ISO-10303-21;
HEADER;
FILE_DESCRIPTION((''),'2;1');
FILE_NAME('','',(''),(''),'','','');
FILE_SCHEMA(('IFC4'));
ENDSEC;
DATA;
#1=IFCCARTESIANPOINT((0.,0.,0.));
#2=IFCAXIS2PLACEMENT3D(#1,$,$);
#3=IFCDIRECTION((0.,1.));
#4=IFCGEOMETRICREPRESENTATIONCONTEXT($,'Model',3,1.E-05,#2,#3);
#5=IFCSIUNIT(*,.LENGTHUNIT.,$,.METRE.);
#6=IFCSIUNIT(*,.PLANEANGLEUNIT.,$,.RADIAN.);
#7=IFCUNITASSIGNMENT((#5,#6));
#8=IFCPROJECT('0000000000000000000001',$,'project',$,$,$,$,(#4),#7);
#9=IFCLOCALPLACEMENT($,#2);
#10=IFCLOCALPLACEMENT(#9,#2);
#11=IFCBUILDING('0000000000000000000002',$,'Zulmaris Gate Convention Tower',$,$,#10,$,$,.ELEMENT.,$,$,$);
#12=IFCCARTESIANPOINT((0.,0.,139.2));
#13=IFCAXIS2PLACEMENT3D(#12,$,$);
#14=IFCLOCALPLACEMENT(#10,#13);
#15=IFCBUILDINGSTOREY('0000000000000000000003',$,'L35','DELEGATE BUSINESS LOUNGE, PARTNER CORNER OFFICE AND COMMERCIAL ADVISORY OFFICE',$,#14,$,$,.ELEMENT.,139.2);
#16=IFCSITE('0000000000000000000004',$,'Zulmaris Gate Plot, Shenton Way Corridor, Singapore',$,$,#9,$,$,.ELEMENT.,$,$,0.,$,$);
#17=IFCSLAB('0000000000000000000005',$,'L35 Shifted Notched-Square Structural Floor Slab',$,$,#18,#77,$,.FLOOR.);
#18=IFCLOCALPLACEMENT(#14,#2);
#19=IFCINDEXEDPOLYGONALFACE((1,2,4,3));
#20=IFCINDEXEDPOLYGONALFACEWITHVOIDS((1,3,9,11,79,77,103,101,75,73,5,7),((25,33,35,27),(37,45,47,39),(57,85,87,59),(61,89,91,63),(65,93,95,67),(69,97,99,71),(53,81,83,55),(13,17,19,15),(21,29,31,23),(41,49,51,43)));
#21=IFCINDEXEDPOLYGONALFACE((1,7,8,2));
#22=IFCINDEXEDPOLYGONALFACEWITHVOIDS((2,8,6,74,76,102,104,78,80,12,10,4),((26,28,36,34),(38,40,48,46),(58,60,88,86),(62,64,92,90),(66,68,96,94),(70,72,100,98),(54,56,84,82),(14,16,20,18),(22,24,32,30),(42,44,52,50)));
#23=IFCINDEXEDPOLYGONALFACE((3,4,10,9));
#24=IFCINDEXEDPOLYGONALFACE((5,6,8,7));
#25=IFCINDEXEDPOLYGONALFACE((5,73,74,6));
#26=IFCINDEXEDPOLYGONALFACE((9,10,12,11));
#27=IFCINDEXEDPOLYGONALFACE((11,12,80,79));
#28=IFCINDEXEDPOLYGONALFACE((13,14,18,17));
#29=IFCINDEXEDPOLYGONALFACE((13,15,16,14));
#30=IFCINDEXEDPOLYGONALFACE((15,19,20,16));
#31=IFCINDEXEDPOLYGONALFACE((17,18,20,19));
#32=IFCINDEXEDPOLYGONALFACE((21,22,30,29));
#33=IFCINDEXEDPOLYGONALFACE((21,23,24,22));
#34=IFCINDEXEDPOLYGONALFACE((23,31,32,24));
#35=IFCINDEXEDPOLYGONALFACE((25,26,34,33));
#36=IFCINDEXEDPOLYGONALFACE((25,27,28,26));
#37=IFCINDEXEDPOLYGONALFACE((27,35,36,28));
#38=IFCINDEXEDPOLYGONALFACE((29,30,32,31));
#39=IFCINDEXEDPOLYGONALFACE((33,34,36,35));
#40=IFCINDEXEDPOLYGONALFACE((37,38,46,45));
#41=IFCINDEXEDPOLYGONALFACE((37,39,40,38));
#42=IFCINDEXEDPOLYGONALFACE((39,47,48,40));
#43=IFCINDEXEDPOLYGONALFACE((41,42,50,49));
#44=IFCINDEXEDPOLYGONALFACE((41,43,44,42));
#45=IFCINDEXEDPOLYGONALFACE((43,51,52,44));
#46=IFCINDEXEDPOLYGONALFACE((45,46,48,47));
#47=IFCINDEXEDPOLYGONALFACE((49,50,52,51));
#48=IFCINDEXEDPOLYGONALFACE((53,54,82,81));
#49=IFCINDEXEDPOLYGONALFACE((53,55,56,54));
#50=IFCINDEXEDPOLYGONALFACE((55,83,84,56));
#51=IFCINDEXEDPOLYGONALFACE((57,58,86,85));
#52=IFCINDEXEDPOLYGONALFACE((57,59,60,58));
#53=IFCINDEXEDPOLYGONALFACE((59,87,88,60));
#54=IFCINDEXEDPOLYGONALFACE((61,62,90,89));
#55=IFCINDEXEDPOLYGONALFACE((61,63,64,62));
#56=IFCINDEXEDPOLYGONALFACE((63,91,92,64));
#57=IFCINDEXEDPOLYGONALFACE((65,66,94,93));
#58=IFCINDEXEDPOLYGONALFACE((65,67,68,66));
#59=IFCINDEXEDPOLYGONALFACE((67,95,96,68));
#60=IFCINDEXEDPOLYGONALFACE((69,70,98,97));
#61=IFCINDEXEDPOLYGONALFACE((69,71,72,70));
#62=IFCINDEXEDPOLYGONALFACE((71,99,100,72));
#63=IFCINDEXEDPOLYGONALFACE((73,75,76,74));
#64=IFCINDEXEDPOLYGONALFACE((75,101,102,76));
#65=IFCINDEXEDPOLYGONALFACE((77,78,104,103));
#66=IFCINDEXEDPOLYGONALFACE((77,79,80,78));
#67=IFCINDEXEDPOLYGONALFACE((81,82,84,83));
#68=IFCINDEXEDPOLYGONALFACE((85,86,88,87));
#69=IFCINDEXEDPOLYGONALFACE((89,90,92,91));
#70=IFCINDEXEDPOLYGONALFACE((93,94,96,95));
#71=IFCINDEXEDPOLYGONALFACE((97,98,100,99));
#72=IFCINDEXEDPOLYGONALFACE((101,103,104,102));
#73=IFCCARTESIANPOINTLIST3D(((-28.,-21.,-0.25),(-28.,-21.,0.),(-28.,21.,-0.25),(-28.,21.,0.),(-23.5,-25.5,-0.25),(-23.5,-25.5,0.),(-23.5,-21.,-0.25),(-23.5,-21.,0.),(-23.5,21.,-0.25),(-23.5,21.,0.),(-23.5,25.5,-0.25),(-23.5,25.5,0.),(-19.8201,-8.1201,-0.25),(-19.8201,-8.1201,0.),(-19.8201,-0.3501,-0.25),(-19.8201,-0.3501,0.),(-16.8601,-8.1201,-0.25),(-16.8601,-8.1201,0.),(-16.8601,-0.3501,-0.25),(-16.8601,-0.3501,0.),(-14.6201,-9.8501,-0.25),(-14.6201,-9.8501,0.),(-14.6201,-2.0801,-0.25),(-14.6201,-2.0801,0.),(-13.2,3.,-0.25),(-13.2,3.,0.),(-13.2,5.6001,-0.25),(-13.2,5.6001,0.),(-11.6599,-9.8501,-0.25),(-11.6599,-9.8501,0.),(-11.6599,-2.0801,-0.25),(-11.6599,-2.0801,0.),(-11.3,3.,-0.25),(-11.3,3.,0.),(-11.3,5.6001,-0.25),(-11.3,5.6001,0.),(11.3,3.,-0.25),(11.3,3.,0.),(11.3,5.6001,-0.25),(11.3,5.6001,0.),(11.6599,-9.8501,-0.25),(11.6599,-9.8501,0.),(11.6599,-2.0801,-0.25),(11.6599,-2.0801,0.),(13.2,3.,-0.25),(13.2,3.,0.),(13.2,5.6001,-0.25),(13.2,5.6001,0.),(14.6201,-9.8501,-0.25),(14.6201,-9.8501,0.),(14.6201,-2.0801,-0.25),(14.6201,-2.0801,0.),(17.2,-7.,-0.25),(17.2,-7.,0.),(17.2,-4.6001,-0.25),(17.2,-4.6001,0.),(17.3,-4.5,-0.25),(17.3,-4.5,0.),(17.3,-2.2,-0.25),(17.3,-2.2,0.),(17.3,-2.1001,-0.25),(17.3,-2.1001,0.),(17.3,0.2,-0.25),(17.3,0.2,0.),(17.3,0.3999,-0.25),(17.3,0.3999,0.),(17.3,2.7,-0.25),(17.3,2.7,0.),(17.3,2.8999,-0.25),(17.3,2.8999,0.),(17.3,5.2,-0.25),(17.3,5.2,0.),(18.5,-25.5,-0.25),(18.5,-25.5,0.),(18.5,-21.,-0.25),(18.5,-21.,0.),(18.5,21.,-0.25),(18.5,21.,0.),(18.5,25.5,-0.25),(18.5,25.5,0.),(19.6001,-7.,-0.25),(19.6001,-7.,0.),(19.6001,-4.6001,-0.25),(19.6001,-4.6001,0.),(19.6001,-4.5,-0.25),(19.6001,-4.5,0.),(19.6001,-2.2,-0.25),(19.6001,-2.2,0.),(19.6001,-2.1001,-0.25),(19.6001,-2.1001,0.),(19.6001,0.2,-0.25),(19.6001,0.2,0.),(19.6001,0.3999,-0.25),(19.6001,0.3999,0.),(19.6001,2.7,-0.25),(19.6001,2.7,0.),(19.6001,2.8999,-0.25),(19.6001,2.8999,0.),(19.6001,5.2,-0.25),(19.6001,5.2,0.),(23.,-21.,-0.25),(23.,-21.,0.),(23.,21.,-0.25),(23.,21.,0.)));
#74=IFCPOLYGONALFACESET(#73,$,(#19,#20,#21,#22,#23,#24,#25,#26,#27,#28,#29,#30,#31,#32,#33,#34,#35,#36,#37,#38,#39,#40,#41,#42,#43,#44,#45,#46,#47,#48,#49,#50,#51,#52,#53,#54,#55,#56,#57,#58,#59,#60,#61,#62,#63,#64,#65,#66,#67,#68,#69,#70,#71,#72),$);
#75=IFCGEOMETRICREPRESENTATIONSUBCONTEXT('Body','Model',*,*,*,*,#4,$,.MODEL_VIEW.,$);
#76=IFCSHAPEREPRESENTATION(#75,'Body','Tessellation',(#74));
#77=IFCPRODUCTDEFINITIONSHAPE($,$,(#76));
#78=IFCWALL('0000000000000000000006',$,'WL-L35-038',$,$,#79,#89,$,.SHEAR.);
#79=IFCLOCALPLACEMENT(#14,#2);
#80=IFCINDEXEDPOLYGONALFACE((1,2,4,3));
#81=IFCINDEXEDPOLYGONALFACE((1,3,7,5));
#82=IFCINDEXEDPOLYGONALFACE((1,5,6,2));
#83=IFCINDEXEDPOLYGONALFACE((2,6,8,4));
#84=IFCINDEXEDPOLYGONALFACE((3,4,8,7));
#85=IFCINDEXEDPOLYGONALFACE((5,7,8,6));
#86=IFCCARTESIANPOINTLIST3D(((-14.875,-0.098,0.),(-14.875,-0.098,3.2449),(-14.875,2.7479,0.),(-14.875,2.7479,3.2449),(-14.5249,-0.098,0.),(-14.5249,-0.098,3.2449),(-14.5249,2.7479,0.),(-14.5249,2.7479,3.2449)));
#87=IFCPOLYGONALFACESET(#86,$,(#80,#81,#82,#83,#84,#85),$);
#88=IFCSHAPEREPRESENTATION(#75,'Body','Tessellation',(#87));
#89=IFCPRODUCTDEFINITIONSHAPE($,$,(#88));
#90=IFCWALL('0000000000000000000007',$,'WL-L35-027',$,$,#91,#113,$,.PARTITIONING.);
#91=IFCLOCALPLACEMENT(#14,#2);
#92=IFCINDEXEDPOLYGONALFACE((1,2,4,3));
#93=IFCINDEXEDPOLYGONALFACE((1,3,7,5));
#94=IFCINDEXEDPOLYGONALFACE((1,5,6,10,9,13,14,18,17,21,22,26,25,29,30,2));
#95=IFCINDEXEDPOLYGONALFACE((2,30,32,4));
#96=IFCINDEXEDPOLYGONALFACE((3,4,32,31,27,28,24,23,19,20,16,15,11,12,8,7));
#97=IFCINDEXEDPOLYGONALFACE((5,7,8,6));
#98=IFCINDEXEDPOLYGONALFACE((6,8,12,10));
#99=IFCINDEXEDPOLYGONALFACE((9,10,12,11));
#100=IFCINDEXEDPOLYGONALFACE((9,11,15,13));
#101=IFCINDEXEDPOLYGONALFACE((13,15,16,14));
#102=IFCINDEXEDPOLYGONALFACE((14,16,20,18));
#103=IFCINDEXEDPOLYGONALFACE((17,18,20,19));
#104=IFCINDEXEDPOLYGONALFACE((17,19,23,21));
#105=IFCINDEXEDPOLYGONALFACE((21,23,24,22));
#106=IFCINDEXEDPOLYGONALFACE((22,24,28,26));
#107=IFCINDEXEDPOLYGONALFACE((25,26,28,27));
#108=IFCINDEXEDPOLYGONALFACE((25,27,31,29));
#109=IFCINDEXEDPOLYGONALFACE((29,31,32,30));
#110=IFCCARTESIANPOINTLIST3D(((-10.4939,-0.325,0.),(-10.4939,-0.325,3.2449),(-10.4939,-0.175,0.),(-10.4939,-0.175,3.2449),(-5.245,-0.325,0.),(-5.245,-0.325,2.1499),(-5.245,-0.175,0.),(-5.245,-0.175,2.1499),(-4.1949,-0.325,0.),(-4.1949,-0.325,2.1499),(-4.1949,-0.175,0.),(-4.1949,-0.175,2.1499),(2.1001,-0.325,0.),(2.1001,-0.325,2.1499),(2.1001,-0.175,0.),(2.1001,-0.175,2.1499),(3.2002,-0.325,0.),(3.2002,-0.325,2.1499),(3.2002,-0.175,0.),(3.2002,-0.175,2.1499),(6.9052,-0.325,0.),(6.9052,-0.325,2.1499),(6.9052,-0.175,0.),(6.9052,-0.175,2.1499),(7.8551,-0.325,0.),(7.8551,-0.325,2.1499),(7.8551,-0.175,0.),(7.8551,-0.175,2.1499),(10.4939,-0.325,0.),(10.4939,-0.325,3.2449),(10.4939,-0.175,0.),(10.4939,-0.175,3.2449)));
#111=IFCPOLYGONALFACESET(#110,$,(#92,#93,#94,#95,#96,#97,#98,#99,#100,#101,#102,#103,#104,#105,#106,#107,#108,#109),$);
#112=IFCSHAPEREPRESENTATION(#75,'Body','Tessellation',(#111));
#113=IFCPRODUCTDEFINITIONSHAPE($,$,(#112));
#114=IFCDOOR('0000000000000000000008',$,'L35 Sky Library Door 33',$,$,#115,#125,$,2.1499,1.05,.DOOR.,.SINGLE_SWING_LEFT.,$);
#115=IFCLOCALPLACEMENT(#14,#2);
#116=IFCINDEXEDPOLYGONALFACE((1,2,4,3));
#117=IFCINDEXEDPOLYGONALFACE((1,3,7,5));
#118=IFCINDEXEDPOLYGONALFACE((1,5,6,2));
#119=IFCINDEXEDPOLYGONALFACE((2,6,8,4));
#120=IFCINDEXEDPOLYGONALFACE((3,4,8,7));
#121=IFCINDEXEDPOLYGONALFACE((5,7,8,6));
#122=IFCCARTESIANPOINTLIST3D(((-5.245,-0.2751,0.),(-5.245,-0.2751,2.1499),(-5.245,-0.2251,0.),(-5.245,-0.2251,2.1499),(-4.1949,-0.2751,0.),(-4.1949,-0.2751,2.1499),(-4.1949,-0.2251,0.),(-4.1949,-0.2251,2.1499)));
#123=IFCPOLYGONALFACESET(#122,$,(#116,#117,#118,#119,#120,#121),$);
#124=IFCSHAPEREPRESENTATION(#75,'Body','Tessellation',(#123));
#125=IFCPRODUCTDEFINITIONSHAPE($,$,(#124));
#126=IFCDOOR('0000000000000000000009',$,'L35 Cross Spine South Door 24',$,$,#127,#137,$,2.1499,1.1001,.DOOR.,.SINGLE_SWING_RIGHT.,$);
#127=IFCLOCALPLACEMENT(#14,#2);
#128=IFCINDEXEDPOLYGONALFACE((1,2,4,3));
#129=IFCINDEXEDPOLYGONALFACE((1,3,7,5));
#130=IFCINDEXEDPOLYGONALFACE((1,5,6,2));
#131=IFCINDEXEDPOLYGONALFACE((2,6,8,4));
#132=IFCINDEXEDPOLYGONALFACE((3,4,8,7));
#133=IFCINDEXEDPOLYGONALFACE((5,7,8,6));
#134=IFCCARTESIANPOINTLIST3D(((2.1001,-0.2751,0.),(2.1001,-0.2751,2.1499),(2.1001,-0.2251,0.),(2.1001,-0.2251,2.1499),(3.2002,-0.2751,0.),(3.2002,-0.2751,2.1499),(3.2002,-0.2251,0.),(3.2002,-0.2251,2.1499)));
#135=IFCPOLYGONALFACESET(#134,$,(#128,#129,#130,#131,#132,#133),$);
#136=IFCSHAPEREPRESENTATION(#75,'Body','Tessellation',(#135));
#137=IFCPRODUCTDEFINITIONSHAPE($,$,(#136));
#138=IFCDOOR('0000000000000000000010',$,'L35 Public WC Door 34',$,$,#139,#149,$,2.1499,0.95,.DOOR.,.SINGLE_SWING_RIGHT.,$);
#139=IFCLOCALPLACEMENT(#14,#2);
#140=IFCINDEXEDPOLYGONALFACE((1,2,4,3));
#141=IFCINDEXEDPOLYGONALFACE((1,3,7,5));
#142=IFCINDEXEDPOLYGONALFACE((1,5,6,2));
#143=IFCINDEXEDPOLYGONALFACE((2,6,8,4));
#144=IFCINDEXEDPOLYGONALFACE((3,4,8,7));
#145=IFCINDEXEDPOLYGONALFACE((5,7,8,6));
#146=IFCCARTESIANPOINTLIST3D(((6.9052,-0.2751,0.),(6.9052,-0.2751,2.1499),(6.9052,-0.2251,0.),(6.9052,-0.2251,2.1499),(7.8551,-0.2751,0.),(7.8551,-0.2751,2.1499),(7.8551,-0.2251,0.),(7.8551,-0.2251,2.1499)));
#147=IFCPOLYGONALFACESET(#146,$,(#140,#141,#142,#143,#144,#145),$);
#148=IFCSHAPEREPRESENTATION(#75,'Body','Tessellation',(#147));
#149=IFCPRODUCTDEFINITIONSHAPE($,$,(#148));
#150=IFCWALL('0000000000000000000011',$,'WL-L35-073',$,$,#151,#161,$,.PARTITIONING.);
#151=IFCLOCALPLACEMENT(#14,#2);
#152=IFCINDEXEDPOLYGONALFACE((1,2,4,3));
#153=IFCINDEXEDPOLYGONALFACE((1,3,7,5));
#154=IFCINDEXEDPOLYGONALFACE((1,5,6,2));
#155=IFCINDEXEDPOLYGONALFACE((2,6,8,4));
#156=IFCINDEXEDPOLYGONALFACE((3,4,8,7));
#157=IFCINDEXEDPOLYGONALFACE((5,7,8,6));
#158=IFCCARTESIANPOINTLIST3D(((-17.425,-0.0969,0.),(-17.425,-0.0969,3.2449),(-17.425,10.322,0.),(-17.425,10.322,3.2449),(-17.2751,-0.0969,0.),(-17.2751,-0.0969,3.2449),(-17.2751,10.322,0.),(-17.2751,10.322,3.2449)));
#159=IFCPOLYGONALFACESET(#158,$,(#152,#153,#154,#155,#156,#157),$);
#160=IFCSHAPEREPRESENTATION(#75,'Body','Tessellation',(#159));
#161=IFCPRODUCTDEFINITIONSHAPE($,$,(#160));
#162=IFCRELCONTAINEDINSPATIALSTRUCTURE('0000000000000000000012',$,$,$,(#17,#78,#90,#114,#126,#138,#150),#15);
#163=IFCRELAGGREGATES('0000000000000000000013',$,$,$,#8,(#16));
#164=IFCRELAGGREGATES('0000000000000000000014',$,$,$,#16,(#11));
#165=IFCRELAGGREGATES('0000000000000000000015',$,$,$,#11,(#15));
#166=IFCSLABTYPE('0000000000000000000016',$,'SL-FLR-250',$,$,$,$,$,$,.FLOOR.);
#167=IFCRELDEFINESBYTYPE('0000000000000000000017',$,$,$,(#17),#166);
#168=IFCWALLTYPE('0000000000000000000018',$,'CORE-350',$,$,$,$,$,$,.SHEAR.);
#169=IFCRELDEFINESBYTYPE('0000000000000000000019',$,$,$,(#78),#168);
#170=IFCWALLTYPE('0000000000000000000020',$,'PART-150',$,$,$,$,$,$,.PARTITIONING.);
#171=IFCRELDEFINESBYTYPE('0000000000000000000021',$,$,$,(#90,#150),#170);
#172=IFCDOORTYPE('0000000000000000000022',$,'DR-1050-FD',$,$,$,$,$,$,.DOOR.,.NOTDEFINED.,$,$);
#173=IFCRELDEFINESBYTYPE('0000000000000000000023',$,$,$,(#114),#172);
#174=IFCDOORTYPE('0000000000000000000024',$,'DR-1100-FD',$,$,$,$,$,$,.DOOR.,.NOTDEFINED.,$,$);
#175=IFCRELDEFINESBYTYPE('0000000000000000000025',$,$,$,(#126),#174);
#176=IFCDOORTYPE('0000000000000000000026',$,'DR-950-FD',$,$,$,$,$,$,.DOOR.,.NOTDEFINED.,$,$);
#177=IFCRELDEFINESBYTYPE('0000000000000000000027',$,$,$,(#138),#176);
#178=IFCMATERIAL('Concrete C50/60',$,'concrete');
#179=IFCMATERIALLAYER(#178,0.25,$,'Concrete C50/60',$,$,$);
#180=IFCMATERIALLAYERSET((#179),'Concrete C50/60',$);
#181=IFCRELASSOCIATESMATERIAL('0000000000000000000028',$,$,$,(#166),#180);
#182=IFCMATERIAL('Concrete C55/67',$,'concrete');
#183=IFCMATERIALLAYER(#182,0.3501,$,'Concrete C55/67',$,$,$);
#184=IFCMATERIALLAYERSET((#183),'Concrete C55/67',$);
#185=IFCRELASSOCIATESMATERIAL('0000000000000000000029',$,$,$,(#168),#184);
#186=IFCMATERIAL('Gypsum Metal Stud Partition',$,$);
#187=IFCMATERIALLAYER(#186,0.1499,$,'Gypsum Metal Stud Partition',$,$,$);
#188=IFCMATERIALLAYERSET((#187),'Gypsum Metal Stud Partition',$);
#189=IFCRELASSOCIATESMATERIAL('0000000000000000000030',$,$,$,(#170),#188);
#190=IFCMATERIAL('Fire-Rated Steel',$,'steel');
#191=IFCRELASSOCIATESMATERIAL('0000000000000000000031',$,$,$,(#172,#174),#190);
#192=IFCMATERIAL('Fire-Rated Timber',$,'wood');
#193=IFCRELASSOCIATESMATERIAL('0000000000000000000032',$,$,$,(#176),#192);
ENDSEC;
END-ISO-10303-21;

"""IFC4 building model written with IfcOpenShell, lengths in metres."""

from ifc_helpers import new_model, si_unit, direction, frame, frame_2d, origin, place, context, subcontext, project, spatial, polyline, rectangle, outline, extrude, material, layer, layer_set, type_object, element, fill, save


model = new_model("IFC4")

# Units and contexts
model_context = context("Model", 3, precision=1e-05, world=origin(), true_north=direction((0.0, 1.0)))
body_context = subcontext(model_context, "Body", "Model", "MODEL_VIEW")
ifc_project = project(units=[si_unit("LENGTHUNIT", "METRE"), si_unit("PLANEANGLEUNIT", "RADIAN")], contexts=[model_context])

# Site, building, storey
site_placement = place(None, origin())
site = spatial("IfcSite", under=ifc_project, at=site_placement, Name="Zulmaris Gate Plot, Shenton Way Corridor, Singapore", CompositionType="ELEMENT", RefElevation=0.0)
building_placement = place(site_placement, origin())
building = spatial("IfcBuilding", under=site, at=building_placement, Name="Zulmaris Gate Convention Tower", CompositionType="ELEMENT")
storey_placement = place(building_placement, frame((0.0, 0.0, 139.2)))
storey = spatial("IfcBuildingStorey", under=building, at=storey_placement, Name="L35", Description="DELEGATE BUSINESS LOUNGE, PARTNER CORNER OFFICE AND COMMERCIAL ADVISORY OFFICE", CompositionType="ELEMENT", Elevation=139.2)

# Slab
ifc_material_1 = material(Name="Concrete C50/60", Category="concrete")
ifc_layer_1 = layer(ifc_material_1, 0.25, Name="Concrete C50/60")
ifc_layer_set_1 = layer_set([ifc_layer_1], Name="Concrete C50/60")
slab_type_1 = type_object("IfcSlabType", Name="SL-FLR-250", PredefinedType="FLOOR", material=ifc_layer_set_1)
slab_1_placement = place(storey_placement, frame((0.0, 0.0, -0.25)))
element("IfcSlab", 1, at=slab_1_placement, inside=storey, type_object=slab_type_1, Name="L35 Shifted Notched-Square Structural Floor Slab", PredefinedType="FLOOR", context=body_context, shape_type="SweptSolid", body=[
    extrude(outline(polyline([(-23.5, -25.5), (18.5, -25.5), (18.5, -21.0), (23.0, -21.0), (23.0, 21.0), (18.5, 21.0), (18.5, 25.5), (-23.5, 25.5), (-23.5, 21.0), (-28.0, 21.0), (-28.0, -21.0), (-23.5, -21.0), (-23.5, -25.5)]), holes=[polyline([(-14.6201, -2.0801), (-14.6201, -9.8501), (-11.6599, -9.8501), (-11.6599, -2.0801), (-14.6201, -2.0801)]), polyline([(11.6599, -2.0801), (11.6599, -9.8501), (14.6201, -9.8501), (14.6201, -2.0801), (11.6599, -2.0801)]), polyline([(-16.8601, -8.1201), (-16.8601, -0.3501), (-19.8201, -0.3501), (-19.8201, -8.1201), (-16.8601, -8.1201)]), polyline([(-13.2, 3.0), (-11.3, 3.0), (-11.3, 5.6001), (-13.2, 5.6001), (-13.2, 3.0)]), polyline([(11.3, 3.0), (13.2, 3.0), (13.2, 5.6001), (11.3, 5.6001), (11.3, 3.0)]), polyline([(17.2, -7.0), (19.6001, -7.0), (19.6001, -4.6001), (17.2, -4.6001), (17.2, -7.0)]), polyline([(17.3, -4.5), (19.6001, -4.5), (19.6001, -2.2), (17.3, -2.2), (17.3, -4.5)]), polyline([(17.3, -2.1001), (19.6001, -2.1001), (19.6001, 0.2), (17.3, 0.2), (17.3, -2.1001)]), polyline([(17.3, 0.3999), (19.6001, 0.3999), (19.6001, 2.7), (17.3, 2.7), (17.3, 0.3999)]), polyline([(17.3, 2.8999), (19.6001, 2.8999), (19.6001, 5.2), (17.3, 5.2), (17.3, 2.8999)])]), origin(), (0.0, 0.0, 1.0), 0.25),
])

# Wall
ifc_material_2 = material(Name="Concrete C55/67", Category="concrete")
ifc_layer_2 = layer(ifc_material_2, 0.3501, Name="Concrete C55/67")
ifc_layer_set_2 = layer_set([ifc_layer_2], Name="Concrete C55/67")
wall_type_1 = type_object("IfcWallType", Name="CORE-350", PredefinedType="SHEAR", material=ifc_layer_set_2)
wall_1_placement = place(storey_placement, frame((-14.7, -0.0979, 0.0), z_axis=(0.0, 0.0, 1.0), x_axis=(0.0, 1.0, 0.0)))
element("IfcWall", 2, at=wall_1_placement, inside=storey, type_object=wall_type_1, Name="WL-L35-038", PredefinedType="SHEAR", context=body_context, shape_type="SweptSolid", body=[
    extrude(rectangle(XDim=2.8459, YDim=0.3501, at=frame_2d((1.4229, 0.0))), origin(), (0.0, 0.0, 1.0), 3.2449),
])

# Wall, openings, doors
ifc_material_3 = material(Name="Gypsum Metal Stud Partition")
ifc_layer_3 = layer(ifc_material_3, 0.1499, Name="Gypsum Metal Stud Partition")
ifc_layer_set_3 = layer_set([ifc_layer_3], Name="Gypsum Metal Stud Partition")
wall_type_2 = type_object("IfcWallType", Name="PART-150", PredefinedType="PARTITIONING", material=ifc_layer_set_3)
wall_2_placement = place(storey_placement, frame((-10.4939, -0.25, 0.0), z_axis=(0.0, 0.0, 1.0), x_axis=(1.0, 0.0, 0.0)))
wall_2 = element("IfcWall", 3, at=wall_2_placement, inside=storey, type_object=wall_type_2, Name="WL-L35-027", PredefinedType="PARTITIONING", context=body_context, shape_type="SweptSolid", body=[
    extrude(rectangle(XDim=20.9878, YDim=0.1499, at=frame_2d((10.4939, 0.0))), origin(), (0.0, 0.0, 1.0), 3.2449),
])
opening_1_placement = place(wall_2_placement, frame((12.594, 0.0, 0.0)))
opening_1 = element("IfcOpeningElement", 4, at=opening_1_placement, cuts=wall_2, PredefinedType="OPENING", context=body_context, shape_type="SweptSolid", body=[
    extrude(rectangle(XDim=1.1001, YDim=2.1499, at=frame_2d((0.55, 1.075))), frame((0.0, 0.085, 0.0), z_axis=(0.0, -1.0, 0.0), x_axis=(1.0, 0.0, 0.0)), (0.0, 0.0, 1.0), 0.1699),
])
opening_2_placement = place(wall_2_placement, frame((5.249, 0.0, 0.0)))
opening_2 = element("IfcOpeningElement", 5, at=opening_2_placement, cuts=wall_2, PredefinedType="OPENING", context=body_context, shape_type="SweptSolid", body=[
    extrude(rectangle(XDim=1.05, YDim=2.1499, at=frame_2d((0.5249, 1.075))), frame((0.0, 0.085, 0.0), z_axis=(0.0, -1.0, 0.0), x_axis=(1.0, 0.0, 0.0)), (0.0, 0.0, 1.0), 0.1699),
])
opening_3_placement = place(wall_2_placement, frame((17.3989, 0.0, 0.0)))
opening_3 = element("IfcOpeningElement", 6, at=opening_3_placement, cuts=wall_2, PredefinedType="OPENING", context=body_context, shape_type="SweptSolid", body=[
    extrude(rectangle(XDim=0.95, YDim=2.1499, at=frame_2d((0.4751, 1.075))), frame((0.0, 0.085, 0.0), z_axis=(0.0, -1.0, 0.0), x_axis=(1.0, 0.0, 0.0)), (0.0, 0.0, 1.0), 0.1699),
])
ifc_material_4 = material(Name="Fire-Rated Steel", Category="steel")
door_type_1 = type_object("IfcDoorType", Name="DR-1050-FD", OperationType="NOTDEFINED", PredefinedType="DOOR", material=ifc_material_4)
door_1_placement = place(opening_2_placement, origin())
door_1 = element("IfcDoor", 7, at=door_1_placement, inside=storey, type_object=door_type_1, Name="L35 Sky Library Door 33", OperationType="SINGLE_SWING_LEFT", OverallHeight=2.1499, OverallWidth=1.05, PredefinedType="DOOR", context=body_context, shape_type="SweptSolid", body=[
    extrude(rectangle(XDim=1.05, YDim=2.1499, at=frame_2d((0.5249, 1.075))), frame((0.0, 0.0249, 0.0), z_axis=(0.0, -1.0, 0.0), x_axis=(1.0, 0.0, 0.0)), (0.0, 0.0, 1.0), 0.05),
])
fill(opening_2, door_1)
door_type_2 = type_object("IfcDoorType", Name="DR-1100-FD", OperationType="NOTDEFINED", PredefinedType="DOOR", material=ifc_material_4)
door_2_placement = place(opening_1_placement, origin())
door_2 = element("IfcDoor", 8, at=door_2_placement, inside=storey, type_object=door_type_2, Name="L35 Cross Spine South Door 24", OperationType="SINGLE_SWING_RIGHT", OverallHeight=2.1499, OverallWidth=1.1001, PredefinedType="DOOR", context=body_context, shape_type="SweptSolid", body=[
    extrude(rectangle(XDim=1.1001, YDim=2.1499, at=frame_2d((0.55, 1.075))), frame((0.0, 0.0249, 0.0), z_axis=(0.0, -1.0, 0.0), x_axis=(1.0, 0.0, 0.0)), (0.0, 0.0, 1.0), 0.05),
])
fill(opening_1, door_2)
ifc_material_5 = material(Name="Fire-Rated Timber", Category="wood")
door_type_3 = type_object("IfcDoorType", Name="DR-950-FD", OperationType="NOTDEFINED", PredefinedType="DOOR", material=ifc_material_5)
door_3_placement = place(opening_3_placement, origin())
door_3 = element("IfcDoor", 9, at=door_3_placement, inside=storey, type_object=door_type_3, Name="L35 Public WC Door 34", OperationType="SINGLE_SWING_RIGHT", OverallHeight=2.1499, OverallWidth=0.95, PredefinedType="DOOR", context=body_context, shape_type="SweptSolid", body=[
    extrude(rectangle(XDim=0.95, YDim=2.1499, at=frame_2d((0.4751, 1.075))), frame((0.0, 0.0249, 0.0), z_axis=(0.0, -1.0, 0.0), x_axis=(1.0, 0.0, 0.0)), (0.0, 0.0, 1.0), 0.05),
])
fill(opening_3, door_3)

# Wall
wall_3_placement = place(storey_placement, frame((-17.3501, -0.0969, 0.0), z_axis=(0.0, 0.0, 1.0), x_axis=(0.0, 1.0, 0.0)))
element("IfcWall", 10, at=wall_3_placement, inside=storey, type_object=wall_type_2, Name="WL-L35-073", PredefinedType="PARTITIONING", context=body_context, shape_type="SweptSolid", body=[
    extrude(rectangle(XDim=10.4189, YDim=0.1499, at=frame_2d((5.2095, 0.0))), origin(), (0.0, 0.0, 1.0), 3.2449),
])

save(model, "model.ifc")
